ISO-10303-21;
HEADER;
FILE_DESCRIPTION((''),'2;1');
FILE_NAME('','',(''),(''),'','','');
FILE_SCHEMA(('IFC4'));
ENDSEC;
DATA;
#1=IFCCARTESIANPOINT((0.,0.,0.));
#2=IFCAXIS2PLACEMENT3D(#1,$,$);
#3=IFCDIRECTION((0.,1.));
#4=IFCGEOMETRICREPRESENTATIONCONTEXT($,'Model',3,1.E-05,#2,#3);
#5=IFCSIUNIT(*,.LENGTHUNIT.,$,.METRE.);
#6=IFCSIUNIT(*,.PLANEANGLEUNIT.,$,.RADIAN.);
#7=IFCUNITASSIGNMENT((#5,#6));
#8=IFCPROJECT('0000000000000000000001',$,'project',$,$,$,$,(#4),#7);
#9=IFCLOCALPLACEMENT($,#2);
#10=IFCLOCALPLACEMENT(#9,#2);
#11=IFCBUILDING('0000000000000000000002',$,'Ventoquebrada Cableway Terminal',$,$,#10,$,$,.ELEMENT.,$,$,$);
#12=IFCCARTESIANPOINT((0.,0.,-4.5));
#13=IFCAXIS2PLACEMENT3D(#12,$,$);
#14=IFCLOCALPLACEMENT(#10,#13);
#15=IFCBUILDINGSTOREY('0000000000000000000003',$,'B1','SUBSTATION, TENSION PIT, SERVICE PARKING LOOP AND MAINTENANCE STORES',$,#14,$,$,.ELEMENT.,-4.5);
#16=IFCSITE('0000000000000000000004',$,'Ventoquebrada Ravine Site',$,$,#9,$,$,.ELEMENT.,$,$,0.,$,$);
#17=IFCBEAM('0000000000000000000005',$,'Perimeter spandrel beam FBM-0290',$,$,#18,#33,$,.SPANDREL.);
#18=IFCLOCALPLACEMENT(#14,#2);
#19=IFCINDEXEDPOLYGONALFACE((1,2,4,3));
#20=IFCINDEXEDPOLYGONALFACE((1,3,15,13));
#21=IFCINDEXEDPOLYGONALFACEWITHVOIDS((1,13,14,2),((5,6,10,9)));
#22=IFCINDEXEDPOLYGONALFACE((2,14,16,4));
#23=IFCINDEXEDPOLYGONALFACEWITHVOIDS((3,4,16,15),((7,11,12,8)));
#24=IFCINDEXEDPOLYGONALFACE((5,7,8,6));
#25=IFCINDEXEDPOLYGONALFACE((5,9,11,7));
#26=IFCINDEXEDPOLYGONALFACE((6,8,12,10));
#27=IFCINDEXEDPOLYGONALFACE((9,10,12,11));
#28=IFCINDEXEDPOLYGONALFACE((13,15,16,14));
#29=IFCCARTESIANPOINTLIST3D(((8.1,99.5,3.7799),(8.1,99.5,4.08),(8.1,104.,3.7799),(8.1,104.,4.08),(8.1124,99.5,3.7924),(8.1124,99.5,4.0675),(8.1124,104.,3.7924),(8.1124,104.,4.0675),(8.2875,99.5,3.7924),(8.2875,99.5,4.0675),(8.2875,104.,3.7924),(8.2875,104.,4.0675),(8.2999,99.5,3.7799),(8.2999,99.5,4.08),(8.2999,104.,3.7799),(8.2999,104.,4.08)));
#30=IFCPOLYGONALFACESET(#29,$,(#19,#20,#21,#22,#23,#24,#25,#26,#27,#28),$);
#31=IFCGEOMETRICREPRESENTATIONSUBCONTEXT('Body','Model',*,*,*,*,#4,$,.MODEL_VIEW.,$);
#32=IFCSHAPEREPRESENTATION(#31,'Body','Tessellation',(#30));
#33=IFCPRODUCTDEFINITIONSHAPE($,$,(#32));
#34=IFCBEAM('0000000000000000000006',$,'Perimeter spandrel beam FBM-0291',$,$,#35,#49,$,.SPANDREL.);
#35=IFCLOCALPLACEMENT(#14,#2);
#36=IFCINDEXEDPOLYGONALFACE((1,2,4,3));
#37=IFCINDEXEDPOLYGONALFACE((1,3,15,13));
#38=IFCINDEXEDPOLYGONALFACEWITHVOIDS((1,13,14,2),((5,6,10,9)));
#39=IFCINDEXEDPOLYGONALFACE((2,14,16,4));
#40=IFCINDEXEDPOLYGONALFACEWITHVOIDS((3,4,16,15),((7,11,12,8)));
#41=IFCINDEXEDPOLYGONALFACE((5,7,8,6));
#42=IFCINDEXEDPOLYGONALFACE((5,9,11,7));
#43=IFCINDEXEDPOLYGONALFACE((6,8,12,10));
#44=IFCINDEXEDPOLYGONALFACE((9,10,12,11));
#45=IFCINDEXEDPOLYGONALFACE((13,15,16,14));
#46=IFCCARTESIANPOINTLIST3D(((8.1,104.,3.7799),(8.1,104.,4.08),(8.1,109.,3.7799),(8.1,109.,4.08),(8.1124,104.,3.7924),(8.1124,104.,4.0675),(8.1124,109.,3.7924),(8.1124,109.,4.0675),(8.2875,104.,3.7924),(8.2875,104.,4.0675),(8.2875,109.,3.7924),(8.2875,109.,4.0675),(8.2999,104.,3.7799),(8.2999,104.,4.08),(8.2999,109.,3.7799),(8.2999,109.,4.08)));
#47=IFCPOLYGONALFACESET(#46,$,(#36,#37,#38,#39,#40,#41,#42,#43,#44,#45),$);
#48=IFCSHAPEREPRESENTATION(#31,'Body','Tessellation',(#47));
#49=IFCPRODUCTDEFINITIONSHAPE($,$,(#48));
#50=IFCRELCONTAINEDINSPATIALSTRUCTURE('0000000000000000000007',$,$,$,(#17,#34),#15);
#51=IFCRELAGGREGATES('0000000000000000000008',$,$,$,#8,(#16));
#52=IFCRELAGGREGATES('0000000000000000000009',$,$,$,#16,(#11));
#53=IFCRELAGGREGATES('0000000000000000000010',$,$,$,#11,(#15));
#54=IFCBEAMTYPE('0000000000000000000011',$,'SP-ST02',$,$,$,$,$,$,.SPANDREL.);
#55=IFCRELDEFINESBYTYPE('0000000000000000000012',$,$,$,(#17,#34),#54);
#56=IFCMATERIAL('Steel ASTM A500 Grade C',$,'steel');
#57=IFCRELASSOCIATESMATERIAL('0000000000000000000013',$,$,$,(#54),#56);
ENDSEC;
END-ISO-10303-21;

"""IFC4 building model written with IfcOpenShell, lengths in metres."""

from ifc_helpers import new_model, si_unit, direction, frame, origin, origin_2d, place, context, subcontext, project, spatial, hollow_rectangle, extrude, material, material_profile, profile_set, type_object, element, save


model = new_model("IFC4")

# Units and contexts
model_context = context("Model", 3, precision=1e-05, world=origin(), true_north=direction((0.0, 1.0)))
body_context = subcontext(model_context, "Body", "Model", "MODEL_VIEW")
ifc_project = project(units=[si_unit("LENGTHUNIT", "METRE"), si_unit("PLANEANGLEUNIT", "RADIAN")], contexts=[model_context])

# Site, building, storey
site_placement = place(None, origin())
site = spatial("IfcSite", under=ifc_project, at=site_placement, Name="Ventoquebrada Ravine Site", CompositionType="ELEMENT", RefElevation=0.0)
building_placement = place(site_placement, origin())
building = spatial("IfcBuilding", under=site, at=building_placement, Name="Ventoquebrada Cableway Terminal", CompositionType="ELEMENT")
storey_placement = place(building_placement, frame((0.0, 0.0, -4.5)))
storey = spatial("IfcBuildingStorey", under=building, at=storey_placement, Name="B1", Description="SUBSTATION, TENSION PIT, SERVICE PARKING LOOP AND MAINTENANCE STORES", CompositionType="ELEMENT", Elevation=-4.5)

# Beams
ifc_material_1 = material(Name="Steel ASTM A500 Grade C", Category="steel")
ifc_material_profile_1 = material_profile(ifc_material_1, hollow_rectangle(XDim=0.2, YDim=0.3, WallThickness=0.0125, at=origin_2d()), Name="RHS300X200X12.5")
ifc_profile_set_1 = profile_set([ifc_material_profile_1], Name="Steel ASTM A500 Grade C")
beam_type_1 = type_object("IfcBeamType", Name="SP-ST02", PredefinedType="SPANDREL", material=ifc_profile_set_1)
beam_1_placement = place(storey_placement, frame((8.2, 99.5, 3.9299), z_axis=(0.0, 1.0, 0.0), x_axis=(-1.0, 0.0, 0.0)))
element("IfcBeam", 1, at=beam_1_placement, inside=storey, type_object=beam_type_1, Name="Perimeter spandrel beam FBM-0290", PredefinedType="SPANDREL", context=body_context, shape_type="SweptSolid", body=[
    extrude(hollow_rectangle(XDim=0.2, YDim=0.3, WallThickness=0.0125, at=origin_2d()), origin(), (0.0, 0.0, 1.0), 4.5),
])
beam_2_placement = place(storey_placement, frame((8.2, 104.0, 3.9299), z_axis=(0.0, 1.0, 0.0), x_axis=(-1.0, 0.0, 0.0)))
element("IfcBeam", 2, at=beam_2_placement, inside=storey, type_object=beam_type_1, Name="Perimeter spandrel beam FBM-0291", PredefinedType="SPANDREL", context=body_context, shape_type="SweptSolid", body=[
    extrude(hollow_rectangle(XDim=0.2, YDim=0.3, WallThickness=0.0125, at=origin_2d()), origin(), (0.0, 0.0, 1.0), 5.0),
])

save(model, "model.ifc")
